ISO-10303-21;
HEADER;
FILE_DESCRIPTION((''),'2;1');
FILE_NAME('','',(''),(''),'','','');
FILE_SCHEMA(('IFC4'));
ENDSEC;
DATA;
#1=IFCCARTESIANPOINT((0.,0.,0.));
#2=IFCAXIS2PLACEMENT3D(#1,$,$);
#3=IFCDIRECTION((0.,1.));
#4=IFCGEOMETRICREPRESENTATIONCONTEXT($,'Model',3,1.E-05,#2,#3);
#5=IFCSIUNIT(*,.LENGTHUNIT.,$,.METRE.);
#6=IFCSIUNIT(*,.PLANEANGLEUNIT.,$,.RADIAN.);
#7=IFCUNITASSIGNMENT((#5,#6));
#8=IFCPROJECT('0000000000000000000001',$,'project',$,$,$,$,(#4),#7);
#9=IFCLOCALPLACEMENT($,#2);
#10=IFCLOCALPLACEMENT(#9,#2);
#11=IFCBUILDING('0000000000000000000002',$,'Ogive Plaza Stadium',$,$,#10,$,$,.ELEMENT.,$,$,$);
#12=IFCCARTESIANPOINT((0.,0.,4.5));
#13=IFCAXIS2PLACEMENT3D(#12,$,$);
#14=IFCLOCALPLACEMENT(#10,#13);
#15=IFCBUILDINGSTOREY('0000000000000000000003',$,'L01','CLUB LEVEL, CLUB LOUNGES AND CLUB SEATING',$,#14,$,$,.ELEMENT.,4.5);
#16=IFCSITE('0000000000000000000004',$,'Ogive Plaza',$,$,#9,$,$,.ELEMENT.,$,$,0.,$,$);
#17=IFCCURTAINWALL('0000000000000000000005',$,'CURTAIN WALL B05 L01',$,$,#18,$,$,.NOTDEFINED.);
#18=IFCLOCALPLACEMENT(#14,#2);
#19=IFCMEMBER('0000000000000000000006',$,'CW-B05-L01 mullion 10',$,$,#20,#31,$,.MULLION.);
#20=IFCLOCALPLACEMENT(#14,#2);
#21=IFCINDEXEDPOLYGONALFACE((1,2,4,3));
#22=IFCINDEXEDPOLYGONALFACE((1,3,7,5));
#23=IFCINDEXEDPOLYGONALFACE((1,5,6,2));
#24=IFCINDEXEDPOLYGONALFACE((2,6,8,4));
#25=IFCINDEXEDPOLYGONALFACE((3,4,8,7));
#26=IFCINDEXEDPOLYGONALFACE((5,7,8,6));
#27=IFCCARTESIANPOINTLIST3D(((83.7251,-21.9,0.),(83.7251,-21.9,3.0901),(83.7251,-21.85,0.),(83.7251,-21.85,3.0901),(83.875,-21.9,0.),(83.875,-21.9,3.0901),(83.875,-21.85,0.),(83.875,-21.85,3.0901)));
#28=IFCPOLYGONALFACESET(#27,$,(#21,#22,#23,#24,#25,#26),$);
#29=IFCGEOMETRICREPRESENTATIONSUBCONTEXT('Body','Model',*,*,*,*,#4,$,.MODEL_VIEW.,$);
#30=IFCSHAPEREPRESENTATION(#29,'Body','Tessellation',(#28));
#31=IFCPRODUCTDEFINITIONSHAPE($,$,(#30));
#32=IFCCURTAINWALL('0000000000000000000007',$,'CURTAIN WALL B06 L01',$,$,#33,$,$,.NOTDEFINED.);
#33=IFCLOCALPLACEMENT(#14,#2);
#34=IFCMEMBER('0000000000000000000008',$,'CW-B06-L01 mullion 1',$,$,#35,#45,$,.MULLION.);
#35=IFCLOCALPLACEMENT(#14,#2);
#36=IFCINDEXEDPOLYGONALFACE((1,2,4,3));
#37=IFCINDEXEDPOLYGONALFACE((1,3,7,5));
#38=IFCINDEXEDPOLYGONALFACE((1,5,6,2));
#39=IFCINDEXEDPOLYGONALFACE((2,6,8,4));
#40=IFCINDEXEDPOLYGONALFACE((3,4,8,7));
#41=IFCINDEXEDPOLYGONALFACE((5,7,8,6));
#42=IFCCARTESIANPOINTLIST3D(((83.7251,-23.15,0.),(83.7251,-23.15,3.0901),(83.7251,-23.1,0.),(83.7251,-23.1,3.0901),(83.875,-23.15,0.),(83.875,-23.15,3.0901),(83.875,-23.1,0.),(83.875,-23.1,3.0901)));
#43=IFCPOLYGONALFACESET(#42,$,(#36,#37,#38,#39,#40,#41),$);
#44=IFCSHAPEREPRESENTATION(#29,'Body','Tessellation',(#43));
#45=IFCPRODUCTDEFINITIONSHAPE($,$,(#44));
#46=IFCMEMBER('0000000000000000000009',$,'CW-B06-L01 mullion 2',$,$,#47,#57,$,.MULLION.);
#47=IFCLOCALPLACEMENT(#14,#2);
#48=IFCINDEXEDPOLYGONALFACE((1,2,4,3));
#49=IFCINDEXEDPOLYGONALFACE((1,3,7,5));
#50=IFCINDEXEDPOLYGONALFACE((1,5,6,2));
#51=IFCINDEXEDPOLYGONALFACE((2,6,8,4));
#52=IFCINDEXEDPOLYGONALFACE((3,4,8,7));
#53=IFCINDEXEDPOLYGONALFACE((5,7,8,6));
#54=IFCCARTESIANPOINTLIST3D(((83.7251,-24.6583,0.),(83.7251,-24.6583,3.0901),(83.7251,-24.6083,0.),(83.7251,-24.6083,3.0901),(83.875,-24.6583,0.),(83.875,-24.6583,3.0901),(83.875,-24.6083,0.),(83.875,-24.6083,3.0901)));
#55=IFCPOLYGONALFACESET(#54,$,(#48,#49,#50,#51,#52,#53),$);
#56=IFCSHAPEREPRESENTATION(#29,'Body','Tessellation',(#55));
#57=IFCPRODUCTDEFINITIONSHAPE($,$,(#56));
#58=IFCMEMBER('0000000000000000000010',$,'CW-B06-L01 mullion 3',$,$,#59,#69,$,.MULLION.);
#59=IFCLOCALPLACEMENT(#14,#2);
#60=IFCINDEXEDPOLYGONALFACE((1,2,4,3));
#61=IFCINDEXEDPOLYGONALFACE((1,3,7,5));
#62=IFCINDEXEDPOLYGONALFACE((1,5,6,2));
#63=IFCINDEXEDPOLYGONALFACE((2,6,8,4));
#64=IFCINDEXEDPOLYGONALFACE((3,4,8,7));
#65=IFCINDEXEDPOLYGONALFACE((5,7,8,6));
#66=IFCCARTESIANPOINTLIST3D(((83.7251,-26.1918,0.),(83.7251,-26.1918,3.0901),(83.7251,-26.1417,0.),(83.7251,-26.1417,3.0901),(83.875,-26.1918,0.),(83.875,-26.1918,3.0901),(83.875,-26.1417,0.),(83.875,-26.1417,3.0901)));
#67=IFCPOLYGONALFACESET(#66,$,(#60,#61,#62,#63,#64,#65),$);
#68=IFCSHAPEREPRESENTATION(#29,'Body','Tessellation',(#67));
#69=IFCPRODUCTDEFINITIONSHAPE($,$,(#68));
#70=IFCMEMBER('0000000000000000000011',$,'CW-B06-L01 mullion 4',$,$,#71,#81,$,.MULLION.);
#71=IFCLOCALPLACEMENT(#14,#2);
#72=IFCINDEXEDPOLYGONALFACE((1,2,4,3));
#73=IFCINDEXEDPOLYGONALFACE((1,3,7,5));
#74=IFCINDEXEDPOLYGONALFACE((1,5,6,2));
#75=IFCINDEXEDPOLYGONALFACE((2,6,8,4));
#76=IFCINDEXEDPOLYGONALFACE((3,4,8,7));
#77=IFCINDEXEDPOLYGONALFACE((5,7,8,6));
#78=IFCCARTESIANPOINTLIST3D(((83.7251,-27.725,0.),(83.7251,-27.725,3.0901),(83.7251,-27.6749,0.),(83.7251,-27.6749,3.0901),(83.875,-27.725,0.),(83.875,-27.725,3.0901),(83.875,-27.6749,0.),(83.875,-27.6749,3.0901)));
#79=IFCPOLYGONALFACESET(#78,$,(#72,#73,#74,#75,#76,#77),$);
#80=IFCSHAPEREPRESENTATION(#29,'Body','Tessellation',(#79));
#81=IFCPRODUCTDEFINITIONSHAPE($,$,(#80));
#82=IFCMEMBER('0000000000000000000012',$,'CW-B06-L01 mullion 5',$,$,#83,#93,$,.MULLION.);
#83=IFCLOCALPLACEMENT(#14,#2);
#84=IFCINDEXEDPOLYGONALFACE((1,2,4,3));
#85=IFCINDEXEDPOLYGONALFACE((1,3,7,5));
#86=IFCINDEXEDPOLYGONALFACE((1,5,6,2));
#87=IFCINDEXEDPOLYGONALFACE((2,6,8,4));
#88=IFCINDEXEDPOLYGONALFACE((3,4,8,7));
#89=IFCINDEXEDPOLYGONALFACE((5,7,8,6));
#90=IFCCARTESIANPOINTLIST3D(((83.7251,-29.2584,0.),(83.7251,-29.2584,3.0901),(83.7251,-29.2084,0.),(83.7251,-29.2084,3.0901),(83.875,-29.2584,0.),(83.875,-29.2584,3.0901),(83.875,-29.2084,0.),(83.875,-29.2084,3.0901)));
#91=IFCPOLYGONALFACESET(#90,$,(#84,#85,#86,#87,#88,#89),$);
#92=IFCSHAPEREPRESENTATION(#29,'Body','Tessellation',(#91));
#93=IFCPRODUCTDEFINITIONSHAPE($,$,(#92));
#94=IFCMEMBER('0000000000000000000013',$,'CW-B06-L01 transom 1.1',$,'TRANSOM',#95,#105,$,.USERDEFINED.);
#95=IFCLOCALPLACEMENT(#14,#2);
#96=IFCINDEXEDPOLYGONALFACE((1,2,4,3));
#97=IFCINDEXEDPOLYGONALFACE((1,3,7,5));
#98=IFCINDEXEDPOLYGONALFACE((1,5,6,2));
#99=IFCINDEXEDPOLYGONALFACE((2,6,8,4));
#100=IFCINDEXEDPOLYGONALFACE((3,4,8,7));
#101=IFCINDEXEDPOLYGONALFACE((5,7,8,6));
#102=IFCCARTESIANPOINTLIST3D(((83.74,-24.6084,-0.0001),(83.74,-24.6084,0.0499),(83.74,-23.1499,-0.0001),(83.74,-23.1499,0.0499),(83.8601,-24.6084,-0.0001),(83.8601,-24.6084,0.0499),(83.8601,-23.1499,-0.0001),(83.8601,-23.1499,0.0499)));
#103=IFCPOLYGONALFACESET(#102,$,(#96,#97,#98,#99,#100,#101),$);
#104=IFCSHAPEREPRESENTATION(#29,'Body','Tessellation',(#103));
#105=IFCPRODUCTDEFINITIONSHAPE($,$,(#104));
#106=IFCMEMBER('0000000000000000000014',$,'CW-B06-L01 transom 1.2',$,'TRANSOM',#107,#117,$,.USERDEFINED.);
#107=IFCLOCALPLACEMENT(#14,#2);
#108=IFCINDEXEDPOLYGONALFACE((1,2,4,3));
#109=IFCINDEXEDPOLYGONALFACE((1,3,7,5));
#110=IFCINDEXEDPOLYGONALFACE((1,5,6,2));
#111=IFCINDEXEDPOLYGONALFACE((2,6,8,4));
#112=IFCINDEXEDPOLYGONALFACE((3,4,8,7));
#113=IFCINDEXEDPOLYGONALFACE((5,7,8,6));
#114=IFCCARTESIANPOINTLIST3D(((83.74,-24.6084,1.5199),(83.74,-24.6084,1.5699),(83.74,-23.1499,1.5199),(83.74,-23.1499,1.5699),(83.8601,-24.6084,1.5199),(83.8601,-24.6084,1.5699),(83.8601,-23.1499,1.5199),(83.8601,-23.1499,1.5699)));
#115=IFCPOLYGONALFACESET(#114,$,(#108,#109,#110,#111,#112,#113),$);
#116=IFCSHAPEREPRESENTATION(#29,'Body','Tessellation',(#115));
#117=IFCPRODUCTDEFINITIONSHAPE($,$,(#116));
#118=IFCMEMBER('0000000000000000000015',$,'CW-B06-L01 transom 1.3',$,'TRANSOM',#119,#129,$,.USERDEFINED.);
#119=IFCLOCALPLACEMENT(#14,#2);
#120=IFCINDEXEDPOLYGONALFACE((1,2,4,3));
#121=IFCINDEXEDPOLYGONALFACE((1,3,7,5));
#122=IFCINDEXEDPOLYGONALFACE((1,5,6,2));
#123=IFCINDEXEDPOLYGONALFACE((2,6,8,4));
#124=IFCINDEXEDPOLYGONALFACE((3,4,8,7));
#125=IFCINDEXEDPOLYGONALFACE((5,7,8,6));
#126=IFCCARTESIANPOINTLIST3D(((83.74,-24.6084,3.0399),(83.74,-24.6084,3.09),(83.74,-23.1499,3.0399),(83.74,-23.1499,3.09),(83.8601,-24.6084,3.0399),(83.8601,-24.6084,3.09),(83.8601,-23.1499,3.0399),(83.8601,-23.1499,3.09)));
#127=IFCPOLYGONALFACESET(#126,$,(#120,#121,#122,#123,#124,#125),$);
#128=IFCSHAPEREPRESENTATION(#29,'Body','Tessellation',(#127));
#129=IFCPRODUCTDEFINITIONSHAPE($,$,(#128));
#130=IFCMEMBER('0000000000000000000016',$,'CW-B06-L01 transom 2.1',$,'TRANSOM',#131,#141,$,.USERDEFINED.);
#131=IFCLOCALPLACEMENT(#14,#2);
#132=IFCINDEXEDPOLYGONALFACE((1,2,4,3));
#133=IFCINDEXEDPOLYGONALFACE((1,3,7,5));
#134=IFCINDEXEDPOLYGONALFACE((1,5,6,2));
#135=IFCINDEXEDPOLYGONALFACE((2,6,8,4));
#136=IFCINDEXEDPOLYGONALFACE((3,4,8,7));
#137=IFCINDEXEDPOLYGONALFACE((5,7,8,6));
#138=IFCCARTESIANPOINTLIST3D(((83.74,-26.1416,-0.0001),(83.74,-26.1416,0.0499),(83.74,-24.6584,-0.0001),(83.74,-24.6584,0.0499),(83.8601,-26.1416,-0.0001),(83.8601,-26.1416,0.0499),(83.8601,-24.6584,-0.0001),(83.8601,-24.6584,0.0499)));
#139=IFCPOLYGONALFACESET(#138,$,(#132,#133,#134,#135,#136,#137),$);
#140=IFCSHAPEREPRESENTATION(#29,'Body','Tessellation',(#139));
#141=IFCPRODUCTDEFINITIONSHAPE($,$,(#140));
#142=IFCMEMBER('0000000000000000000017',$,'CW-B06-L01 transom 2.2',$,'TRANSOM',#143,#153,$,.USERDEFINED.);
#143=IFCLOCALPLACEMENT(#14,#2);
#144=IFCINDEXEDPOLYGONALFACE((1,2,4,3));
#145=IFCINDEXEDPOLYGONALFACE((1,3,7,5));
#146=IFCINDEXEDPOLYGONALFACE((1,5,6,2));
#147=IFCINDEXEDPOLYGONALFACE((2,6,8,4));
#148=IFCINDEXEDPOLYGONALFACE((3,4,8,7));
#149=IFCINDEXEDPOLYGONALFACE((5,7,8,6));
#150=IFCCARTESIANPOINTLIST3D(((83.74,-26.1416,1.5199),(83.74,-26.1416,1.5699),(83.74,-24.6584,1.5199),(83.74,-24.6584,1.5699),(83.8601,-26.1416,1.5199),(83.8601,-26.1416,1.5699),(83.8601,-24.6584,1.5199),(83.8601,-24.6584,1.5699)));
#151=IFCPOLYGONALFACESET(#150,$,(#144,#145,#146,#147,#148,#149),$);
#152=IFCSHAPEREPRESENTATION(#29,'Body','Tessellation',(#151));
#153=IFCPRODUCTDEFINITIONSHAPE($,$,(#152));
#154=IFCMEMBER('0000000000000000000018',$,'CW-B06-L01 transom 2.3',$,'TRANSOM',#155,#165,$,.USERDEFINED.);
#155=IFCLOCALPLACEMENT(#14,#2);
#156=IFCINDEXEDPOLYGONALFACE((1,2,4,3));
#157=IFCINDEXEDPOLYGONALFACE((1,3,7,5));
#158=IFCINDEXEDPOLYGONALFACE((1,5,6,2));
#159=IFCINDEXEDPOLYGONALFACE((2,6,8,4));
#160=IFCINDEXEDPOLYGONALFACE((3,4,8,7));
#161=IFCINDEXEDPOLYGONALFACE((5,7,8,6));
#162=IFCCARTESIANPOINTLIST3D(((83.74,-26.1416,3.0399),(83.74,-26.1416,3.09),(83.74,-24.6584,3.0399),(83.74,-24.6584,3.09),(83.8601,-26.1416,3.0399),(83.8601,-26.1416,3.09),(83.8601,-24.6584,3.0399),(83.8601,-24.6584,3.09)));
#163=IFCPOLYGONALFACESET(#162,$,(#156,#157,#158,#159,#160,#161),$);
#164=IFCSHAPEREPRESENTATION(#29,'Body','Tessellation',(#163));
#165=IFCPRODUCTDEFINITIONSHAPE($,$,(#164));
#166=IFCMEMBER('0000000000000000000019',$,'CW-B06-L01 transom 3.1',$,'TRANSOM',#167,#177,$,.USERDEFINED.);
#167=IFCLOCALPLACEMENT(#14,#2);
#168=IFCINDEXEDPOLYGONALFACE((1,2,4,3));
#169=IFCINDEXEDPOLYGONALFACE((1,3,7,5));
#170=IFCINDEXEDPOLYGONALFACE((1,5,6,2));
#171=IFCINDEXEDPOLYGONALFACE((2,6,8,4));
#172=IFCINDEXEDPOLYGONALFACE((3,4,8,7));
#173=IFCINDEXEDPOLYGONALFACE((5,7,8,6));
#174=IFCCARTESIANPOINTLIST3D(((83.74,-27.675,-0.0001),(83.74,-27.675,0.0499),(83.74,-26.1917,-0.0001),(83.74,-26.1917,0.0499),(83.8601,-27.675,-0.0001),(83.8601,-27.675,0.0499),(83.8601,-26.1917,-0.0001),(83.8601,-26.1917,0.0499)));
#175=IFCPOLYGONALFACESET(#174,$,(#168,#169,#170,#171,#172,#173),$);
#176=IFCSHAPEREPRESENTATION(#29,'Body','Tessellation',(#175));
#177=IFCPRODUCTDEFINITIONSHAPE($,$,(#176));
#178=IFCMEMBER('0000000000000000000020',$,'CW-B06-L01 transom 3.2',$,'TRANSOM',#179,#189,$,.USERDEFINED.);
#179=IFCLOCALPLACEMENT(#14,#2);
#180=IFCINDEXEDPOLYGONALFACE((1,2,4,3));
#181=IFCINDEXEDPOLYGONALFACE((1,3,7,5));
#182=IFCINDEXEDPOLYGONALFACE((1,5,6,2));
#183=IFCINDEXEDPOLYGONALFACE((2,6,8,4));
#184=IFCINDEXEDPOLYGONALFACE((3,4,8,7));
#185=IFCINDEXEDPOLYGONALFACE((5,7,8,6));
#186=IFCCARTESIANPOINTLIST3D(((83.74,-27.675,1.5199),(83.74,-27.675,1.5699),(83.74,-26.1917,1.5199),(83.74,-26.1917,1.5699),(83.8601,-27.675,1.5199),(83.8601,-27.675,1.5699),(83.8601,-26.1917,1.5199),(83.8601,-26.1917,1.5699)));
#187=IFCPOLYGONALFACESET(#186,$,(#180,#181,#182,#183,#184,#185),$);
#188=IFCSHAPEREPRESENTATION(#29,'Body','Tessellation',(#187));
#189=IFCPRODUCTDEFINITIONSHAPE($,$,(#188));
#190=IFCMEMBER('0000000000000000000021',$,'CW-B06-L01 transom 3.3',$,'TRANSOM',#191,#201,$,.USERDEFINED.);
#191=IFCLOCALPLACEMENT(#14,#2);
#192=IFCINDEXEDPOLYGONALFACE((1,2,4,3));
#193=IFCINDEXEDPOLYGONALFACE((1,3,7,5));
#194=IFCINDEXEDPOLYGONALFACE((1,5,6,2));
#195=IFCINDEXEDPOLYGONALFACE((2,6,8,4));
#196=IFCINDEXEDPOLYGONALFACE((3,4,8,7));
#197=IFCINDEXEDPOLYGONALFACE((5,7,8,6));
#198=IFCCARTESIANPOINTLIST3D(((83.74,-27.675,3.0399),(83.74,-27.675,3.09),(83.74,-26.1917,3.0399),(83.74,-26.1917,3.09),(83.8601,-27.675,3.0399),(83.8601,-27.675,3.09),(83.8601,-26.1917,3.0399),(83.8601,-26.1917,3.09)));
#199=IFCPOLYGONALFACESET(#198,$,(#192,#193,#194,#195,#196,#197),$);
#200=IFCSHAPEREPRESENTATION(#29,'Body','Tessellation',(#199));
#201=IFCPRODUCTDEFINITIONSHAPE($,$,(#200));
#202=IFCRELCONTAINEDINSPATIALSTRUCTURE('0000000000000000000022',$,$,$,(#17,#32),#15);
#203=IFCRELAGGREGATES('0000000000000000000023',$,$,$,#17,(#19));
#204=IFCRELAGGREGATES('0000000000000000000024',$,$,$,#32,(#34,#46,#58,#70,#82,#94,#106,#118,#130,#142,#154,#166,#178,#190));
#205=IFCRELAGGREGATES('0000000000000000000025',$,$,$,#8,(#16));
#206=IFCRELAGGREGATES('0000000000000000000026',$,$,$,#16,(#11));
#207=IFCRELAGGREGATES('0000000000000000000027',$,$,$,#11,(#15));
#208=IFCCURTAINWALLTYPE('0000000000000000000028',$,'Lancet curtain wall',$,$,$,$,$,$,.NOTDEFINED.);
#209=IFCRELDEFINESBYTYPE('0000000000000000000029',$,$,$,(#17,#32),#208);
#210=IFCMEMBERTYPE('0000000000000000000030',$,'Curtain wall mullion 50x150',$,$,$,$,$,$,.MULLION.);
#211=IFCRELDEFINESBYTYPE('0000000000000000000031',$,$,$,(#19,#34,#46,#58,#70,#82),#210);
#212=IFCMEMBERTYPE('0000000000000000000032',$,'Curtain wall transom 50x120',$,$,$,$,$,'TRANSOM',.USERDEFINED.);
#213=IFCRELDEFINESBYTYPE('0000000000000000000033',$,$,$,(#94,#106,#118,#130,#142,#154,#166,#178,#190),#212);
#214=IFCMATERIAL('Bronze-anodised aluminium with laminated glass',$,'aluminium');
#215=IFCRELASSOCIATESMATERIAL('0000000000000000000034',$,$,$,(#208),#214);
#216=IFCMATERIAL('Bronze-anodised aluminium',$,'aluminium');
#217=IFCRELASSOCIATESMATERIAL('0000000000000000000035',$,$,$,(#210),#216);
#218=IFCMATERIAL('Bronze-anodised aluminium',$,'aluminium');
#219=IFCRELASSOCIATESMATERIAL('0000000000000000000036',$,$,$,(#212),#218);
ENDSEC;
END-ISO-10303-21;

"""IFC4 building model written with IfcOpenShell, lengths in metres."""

from ifc_helpers import new_model, si_unit, direction, frame, origin, origin_2d, place, context, subcontext, project, spatial, rectangle, extrude, material, material_profile, profile_set, type_object, element, aggregate, save


model = new_model("IFC4")

# Units and contexts
model_context = context("Model", 3, precision=1e-05, world=origin(), true_north=direction((0.0, 1.0)))
body_context = subcontext(model_context, "Body", "Model", "MODEL_VIEW")
ifc_project = project(units=[si_unit("LENGTHUNIT", "METRE"), si_unit("PLANEANGLEUNIT", "RADIAN")], contexts=[model_context])

# Site, building, storey
site_placement = place(None, origin())
site = spatial("IfcSite", under=ifc_project, at=site_placement, Name="Ogive Plaza", CompositionType="ELEMENT", RefElevation=0.0)
building_placement = place(site_placement, origin())
building = spatial("IfcBuilding", under=site, at=building_placement, Name="Ogive Plaza Stadium", CompositionType="ELEMENT")
storey_placement = place(building_placement, frame((0.0, 0.0, 4.5)))
storey = spatial("IfcBuildingStorey", under=building, at=storey_placement, Name="L01", Description="CLUB LEVEL, CLUB LOUNGES AND CLUB SEATING", CompositionType="ELEMENT", Elevation=4.5)

# Curtain wall, member
ifc_material_1 = material(Name="Bronze-anodised aluminium with laminated glass", Category="aluminium")
curtain_wall_type = type_object("IfcCurtainWallType", Name="Lancet curtain wall", PredefinedType="NOTDEFINED", material=ifc_material_1)
curtain_wall_1_placement = place(storey_placement, origin())
curtain_wall_1 = element("IfcCurtainWall", 1, at=curtain_wall_1_placement, inside=storey, type_object=curtain_wall_type, Name="CURTAIN WALL B05 L01", PredefinedType="NOTDEFINED")
ifc_material_2 = material(Name="Bronze-anodised aluminium", Category="aluminium")
ifc_material_profile_1 = material_profile(ifc_material_2, rectangle(XDim=0.1499, YDim=0.05, at=origin_2d()), Name="AL 150x50")
ifc_profile_set_1 = profile_set([ifc_material_profile_1], Name="Bronze-anodised aluminium")
member_type_1 = type_object("IfcMemberType", Name="Curtain wall mullion 50x150", PredefinedType="MULLION", material=ifc_profile_set_1)
member_1_placement = place(storey_placement, frame((83.8, -21.875, 0.0), z_axis=(0.0, 0.0, 1.0), x_axis=(1.0, 0.0, 0.0)))
member_1 = element("IfcMember", 2, at=member_1_placement, type_object=member_type_1, Name="CW-B05-L01 mullion 10", PredefinedType="MULLION", context=body_context, shape_type="SweptSolid", body=[
    extrude(rectangle(XDim=0.1499, YDim=0.05, at=origin_2d()), origin(), (0.0, 0.0, 1.0), 3.0901),
])
aggregate(curtain_wall_1, [member_1])

# Curtain wall, members
curtain_wall_2_placement = place(storey_placement, origin())
curtain_wall_2 = element("IfcCurtainWall", 3, at=curtain_wall_2_placement, inside=storey, type_object=curtain_wall_type, Name="CURTAIN WALL B06 L01", PredefinedType="NOTDEFINED")
member_2_placement = place(storey_placement, frame((83.8, -23.125, 0.0), z_axis=(0.0, 0.0, 1.0), x_axis=(1.0, 0.0, 0.0)))
member_2 = element("IfcMember", 4, at=member_2_placement, type_object=member_type_1, Name="CW-B06-L01 mullion 1", PredefinedType="MULLION", context=body_context, shape_type="SweptSolid", body=[
    extrude(rectangle(XDim=0.1499, YDim=0.05, at=origin_2d()), origin(), (0.0, 0.0, 1.0), 3.0901),
])
member_3_placement = place(storey_placement, frame((83.8, -24.6333, 0.0), z_axis=(0.0, 0.0, 1.0), x_axis=(1.0, 0.0, 0.0)))
member_3 = element("IfcMember", 5, at=member_3_placement, type_object=member_type_1, Name="CW-B06-L01 mullion 2", PredefinedType="MULLION", context=body_context, shape_type="SweptSolid", body=[
    extrude(rectangle(XDim=0.1499, YDim=0.05, at=origin_2d()), origin(), (0.0, 0.0, 1.0), 3.0901),
])
member_4_placement = place(storey_placement, frame((83.8, -26.1667, 0.0), z_axis=(0.0, 0.0, 1.0), x_axis=(1.0, 0.0, 0.0)))
member_4 = element("IfcMember", 6, at=member_4_placement, type_object=member_type_1, Name="CW-B06-L01 mullion 3", PredefinedType="MULLION", context=body_context, shape_type="SweptSolid", body=[
    extrude(rectangle(XDim=0.1499, YDim=0.05, at=origin_2d()), origin(), (0.0, 0.0, 1.0), 3.0901),
])
member_5_placement = place(storey_placement, frame((83.8, -27.7, 0.0), z_axis=(0.0, 0.0, 1.0), x_axis=(1.0, 0.0, 0.0)))
member_5 = element("IfcMember", 7, at=member_5_placement, type_object=member_type_1, Name="CW-B06-L01 mullion 4", PredefinedType="MULLION", context=body_context, shape_type="SweptSolid", body=[
    extrude(rectangle(XDim=0.1499, YDim=0.05, at=origin_2d()), origin(), (0.0, 0.0, 1.0), 3.0901),
])
member_6_placement = place(storey_placement, frame((83.8, -29.2334, 0.0), z_axis=(0.0, 0.0, 1.0), x_axis=(1.0, 0.0, 0.0)))
member_6 = element("IfcMember", 8, at=member_6_placement, type_object=member_type_1, Name="CW-B06-L01 mullion 5", PredefinedType="MULLION", context=body_context, shape_type="SweptSolid", body=[
    extrude(rectangle(XDim=0.1499, YDim=0.05, at=origin_2d()), origin(), (0.0, 0.0, 1.0), 3.0901),
])
ifc_material_3 = material(Name="Bronze-anodised aluminium", Category="aluminium")
ifc_material_profile_2 = material_profile(ifc_material_3, rectangle(XDim=0.1201, YDim=0.05, at=origin_2d()), Name="AL 120x50")
ifc_profile_set_2 = profile_set([ifc_material_profile_2], Name="Bronze-anodised aluminium")
member_type_2 = type_object("IfcMemberType", Name="Curtain wall transom 50x120", ElementType="TRANSOM", PredefinedType="USERDEFINED", material=ifc_profile_set_2)
member_7_placement = place(storey_placement, frame((83.8, -23.1499, 0.0249), z_axis=(0.0, -1.0, 0.0), x_axis=(1.0, 0.0, 0.0)))
member_7 = element("IfcMember", 9, at=member_7_placement, type_object=member_type_2, Name="CW-B06-L01 transom 1.1", ObjectType="TRANSOM", PredefinedType="USERDEFINED", context=body_context, shape_type="SweptSolid", body=[
    extrude(rectangle(XDim=0.1201, YDim=0.05, at=origin_2d()), origin(), (0.0, 0.0, 1.0), 1.4585),
])
member_8_placement = place(storey_placement, frame((83.8, -23.1499, 1.5449), z_axis=(0.0, -1.0, 0.0), x_axis=(1.0, 0.0, 0.0)))
member_8 = element("IfcMember", 10, at=member_8_placement, type_object=member_type_2, Name="CW-B06-L01 transom 1.2", ObjectType="TRANSOM", PredefinedType="USERDEFINED", context=body_context, shape_type="SweptSolid", body=[
    extrude(rectangle(XDim=0.1201, YDim=0.05, at=origin_2d()), origin(), (0.0, 0.0, 1.0), 1.4585),
])
member_9_placement = place(storey_placement, frame((83.8, -23.1499, 3.0649), z_axis=(0.0, -1.0, 0.0), x_axis=(1.0, 0.0, 0.0)))
member_9 = element("IfcMember", 11, at=member_9_placement, type_object=member_type_2, Name="CW-B06-L01 transom 1.3", ObjectType="TRANSOM", PredefinedType="USERDEFINED", context=body_context, shape_type="SweptSolid", body=[
    extrude(rectangle(XDim=0.1201, YDim=0.05, at=origin_2d()), origin(), (0.0, 0.0, 1.0), 1.4585),
])
member_10_placement = place(storey_placement, frame((83.8, -24.6584, 0.0249), z_axis=(0.0, -1.0, 0.0), x_axis=(1.0, 0.0, 0.0)))
member_10 = element("IfcMember", 12, at=member_10_placement, type_object=member_type_2, Name="CW-B06-L01 transom 2.1", ObjectType="TRANSOM", PredefinedType="USERDEFINED", context=body_context, shape_type="SweptSolid", body=[
    extrude(rectangle(XDim=0.1201, YDim=0.05, at=origin_2d()), origin(), (0.0, 0.0, 1.0), 1.4832),
])
member_11_placement = place(storey_placement, frame((83.8, -24.6584, 1.5449), z_axis=(0.0, -1.0, 0.0), x_axis=(1.0, 0.0, 0.0)))
member_11 = element("IfcMember", 13, at=member_11_placement, type_object=member_type_2, Name="CW-B06-L01 transom 2.2", ObjectType="TRANSOM", PredefinedType="USERDEFINED", context=body_context, shape_type="SweptSolid", body=[
    extrude(rectangle(XDim=0.1201, YDim=0.05, at=origin_2d()), origin(), (0.0, 0.0, 1.0), 1.4832),
])
member_12_placement = place(storey_placement, frame((83.8, -24.6584, 3.0649), z_axis=(0.0, -1.0, 0.0), x_axis=(1.0, 0.0, 0.0)))
member_12 = element("IfcMember", 14, at=member_12_placement, type_object=member_type_2, Name="CW-B06-L01 transom 2.3", ObjectType="TRANSOM", PredefinedType="USERDEFINED", context=body_context, shape_type="SweptSolid", body=[
    extrude(rectangle(XDim=0.1201, YDim=0.05, at=origin_2d()), origin(), (0.0, 0.0, 1.0), 1.4832),
])
member_13_placement = place(storey_placement, frame((83.8, -26.1917, 0.0249), z_axis=(0.0, -1.0, 0.0), x_axis=(1.0, 0.0, 0.0)))
member_13 = element("IfcMember", 15, at=member_13_placement, type_object=member_type_2, Name="CW-B06-L01 transom 3.1", ObjectType="TRANSOM", PredefinedType="USERDEFINED", context=body_context, shape_type="SweptSolid", body=[
    extrude(rectangle(XDim=0.1201, YDim=0.05, at=origin_2d()), origin(), (0.0, 0.0, 1.0), 1.4834),
])
member_14_placement = place(storey_placement, frame((83.8, -26.1917, 1.5449), z_axis=(0.0, -1.0, 0.0), x_axis=(1.0, 0.0, 0.0)))
member_14 = element("IfcMember", 16, at=member_14_placement, type_object=member_type_2, Name="CW-B06-L01 transom 3.2", ObjectType="TRANSOM", PredefinedType="USERDEFINED", context=body_context, shape_type="SweptSolid", body=[
    extrude(rectangle(XDim=0.1201, YDim=0.05, at=origin_2d()), origin(), (0.0, 0.0, 1.0), 1.4834),
])
member_15_placement = place(storey_placement, frame((83.8, -26.1917, 3.0649), z_axis=(0.0, -1.0, 0.0), x_axis=(1.0, 0.0, 0.0)))
member_15 = element("IfcMember", 17, at=member_15_placement, type_object=member_type_2, Name="CW-B06-L01 transom 3.3", ObjectType="TRANSOM", PredefinedType="USERDEFINED", context=body_context, shape_type="SweptSolid", body=[
    extrude(rectangle(XDim=0.1201, YDim=0.05, at=origin_2d()), origin(), (0.0, 0.0, 1.0), 1.4834),
])
aggregate(curtain_wall_2, [member_2, member_3, member_4, member_5, member_6, member_7, member_8, member_9, member_10, member_11, member_12, member_13, member_14, member_15])

save(model, "model.ifc")
